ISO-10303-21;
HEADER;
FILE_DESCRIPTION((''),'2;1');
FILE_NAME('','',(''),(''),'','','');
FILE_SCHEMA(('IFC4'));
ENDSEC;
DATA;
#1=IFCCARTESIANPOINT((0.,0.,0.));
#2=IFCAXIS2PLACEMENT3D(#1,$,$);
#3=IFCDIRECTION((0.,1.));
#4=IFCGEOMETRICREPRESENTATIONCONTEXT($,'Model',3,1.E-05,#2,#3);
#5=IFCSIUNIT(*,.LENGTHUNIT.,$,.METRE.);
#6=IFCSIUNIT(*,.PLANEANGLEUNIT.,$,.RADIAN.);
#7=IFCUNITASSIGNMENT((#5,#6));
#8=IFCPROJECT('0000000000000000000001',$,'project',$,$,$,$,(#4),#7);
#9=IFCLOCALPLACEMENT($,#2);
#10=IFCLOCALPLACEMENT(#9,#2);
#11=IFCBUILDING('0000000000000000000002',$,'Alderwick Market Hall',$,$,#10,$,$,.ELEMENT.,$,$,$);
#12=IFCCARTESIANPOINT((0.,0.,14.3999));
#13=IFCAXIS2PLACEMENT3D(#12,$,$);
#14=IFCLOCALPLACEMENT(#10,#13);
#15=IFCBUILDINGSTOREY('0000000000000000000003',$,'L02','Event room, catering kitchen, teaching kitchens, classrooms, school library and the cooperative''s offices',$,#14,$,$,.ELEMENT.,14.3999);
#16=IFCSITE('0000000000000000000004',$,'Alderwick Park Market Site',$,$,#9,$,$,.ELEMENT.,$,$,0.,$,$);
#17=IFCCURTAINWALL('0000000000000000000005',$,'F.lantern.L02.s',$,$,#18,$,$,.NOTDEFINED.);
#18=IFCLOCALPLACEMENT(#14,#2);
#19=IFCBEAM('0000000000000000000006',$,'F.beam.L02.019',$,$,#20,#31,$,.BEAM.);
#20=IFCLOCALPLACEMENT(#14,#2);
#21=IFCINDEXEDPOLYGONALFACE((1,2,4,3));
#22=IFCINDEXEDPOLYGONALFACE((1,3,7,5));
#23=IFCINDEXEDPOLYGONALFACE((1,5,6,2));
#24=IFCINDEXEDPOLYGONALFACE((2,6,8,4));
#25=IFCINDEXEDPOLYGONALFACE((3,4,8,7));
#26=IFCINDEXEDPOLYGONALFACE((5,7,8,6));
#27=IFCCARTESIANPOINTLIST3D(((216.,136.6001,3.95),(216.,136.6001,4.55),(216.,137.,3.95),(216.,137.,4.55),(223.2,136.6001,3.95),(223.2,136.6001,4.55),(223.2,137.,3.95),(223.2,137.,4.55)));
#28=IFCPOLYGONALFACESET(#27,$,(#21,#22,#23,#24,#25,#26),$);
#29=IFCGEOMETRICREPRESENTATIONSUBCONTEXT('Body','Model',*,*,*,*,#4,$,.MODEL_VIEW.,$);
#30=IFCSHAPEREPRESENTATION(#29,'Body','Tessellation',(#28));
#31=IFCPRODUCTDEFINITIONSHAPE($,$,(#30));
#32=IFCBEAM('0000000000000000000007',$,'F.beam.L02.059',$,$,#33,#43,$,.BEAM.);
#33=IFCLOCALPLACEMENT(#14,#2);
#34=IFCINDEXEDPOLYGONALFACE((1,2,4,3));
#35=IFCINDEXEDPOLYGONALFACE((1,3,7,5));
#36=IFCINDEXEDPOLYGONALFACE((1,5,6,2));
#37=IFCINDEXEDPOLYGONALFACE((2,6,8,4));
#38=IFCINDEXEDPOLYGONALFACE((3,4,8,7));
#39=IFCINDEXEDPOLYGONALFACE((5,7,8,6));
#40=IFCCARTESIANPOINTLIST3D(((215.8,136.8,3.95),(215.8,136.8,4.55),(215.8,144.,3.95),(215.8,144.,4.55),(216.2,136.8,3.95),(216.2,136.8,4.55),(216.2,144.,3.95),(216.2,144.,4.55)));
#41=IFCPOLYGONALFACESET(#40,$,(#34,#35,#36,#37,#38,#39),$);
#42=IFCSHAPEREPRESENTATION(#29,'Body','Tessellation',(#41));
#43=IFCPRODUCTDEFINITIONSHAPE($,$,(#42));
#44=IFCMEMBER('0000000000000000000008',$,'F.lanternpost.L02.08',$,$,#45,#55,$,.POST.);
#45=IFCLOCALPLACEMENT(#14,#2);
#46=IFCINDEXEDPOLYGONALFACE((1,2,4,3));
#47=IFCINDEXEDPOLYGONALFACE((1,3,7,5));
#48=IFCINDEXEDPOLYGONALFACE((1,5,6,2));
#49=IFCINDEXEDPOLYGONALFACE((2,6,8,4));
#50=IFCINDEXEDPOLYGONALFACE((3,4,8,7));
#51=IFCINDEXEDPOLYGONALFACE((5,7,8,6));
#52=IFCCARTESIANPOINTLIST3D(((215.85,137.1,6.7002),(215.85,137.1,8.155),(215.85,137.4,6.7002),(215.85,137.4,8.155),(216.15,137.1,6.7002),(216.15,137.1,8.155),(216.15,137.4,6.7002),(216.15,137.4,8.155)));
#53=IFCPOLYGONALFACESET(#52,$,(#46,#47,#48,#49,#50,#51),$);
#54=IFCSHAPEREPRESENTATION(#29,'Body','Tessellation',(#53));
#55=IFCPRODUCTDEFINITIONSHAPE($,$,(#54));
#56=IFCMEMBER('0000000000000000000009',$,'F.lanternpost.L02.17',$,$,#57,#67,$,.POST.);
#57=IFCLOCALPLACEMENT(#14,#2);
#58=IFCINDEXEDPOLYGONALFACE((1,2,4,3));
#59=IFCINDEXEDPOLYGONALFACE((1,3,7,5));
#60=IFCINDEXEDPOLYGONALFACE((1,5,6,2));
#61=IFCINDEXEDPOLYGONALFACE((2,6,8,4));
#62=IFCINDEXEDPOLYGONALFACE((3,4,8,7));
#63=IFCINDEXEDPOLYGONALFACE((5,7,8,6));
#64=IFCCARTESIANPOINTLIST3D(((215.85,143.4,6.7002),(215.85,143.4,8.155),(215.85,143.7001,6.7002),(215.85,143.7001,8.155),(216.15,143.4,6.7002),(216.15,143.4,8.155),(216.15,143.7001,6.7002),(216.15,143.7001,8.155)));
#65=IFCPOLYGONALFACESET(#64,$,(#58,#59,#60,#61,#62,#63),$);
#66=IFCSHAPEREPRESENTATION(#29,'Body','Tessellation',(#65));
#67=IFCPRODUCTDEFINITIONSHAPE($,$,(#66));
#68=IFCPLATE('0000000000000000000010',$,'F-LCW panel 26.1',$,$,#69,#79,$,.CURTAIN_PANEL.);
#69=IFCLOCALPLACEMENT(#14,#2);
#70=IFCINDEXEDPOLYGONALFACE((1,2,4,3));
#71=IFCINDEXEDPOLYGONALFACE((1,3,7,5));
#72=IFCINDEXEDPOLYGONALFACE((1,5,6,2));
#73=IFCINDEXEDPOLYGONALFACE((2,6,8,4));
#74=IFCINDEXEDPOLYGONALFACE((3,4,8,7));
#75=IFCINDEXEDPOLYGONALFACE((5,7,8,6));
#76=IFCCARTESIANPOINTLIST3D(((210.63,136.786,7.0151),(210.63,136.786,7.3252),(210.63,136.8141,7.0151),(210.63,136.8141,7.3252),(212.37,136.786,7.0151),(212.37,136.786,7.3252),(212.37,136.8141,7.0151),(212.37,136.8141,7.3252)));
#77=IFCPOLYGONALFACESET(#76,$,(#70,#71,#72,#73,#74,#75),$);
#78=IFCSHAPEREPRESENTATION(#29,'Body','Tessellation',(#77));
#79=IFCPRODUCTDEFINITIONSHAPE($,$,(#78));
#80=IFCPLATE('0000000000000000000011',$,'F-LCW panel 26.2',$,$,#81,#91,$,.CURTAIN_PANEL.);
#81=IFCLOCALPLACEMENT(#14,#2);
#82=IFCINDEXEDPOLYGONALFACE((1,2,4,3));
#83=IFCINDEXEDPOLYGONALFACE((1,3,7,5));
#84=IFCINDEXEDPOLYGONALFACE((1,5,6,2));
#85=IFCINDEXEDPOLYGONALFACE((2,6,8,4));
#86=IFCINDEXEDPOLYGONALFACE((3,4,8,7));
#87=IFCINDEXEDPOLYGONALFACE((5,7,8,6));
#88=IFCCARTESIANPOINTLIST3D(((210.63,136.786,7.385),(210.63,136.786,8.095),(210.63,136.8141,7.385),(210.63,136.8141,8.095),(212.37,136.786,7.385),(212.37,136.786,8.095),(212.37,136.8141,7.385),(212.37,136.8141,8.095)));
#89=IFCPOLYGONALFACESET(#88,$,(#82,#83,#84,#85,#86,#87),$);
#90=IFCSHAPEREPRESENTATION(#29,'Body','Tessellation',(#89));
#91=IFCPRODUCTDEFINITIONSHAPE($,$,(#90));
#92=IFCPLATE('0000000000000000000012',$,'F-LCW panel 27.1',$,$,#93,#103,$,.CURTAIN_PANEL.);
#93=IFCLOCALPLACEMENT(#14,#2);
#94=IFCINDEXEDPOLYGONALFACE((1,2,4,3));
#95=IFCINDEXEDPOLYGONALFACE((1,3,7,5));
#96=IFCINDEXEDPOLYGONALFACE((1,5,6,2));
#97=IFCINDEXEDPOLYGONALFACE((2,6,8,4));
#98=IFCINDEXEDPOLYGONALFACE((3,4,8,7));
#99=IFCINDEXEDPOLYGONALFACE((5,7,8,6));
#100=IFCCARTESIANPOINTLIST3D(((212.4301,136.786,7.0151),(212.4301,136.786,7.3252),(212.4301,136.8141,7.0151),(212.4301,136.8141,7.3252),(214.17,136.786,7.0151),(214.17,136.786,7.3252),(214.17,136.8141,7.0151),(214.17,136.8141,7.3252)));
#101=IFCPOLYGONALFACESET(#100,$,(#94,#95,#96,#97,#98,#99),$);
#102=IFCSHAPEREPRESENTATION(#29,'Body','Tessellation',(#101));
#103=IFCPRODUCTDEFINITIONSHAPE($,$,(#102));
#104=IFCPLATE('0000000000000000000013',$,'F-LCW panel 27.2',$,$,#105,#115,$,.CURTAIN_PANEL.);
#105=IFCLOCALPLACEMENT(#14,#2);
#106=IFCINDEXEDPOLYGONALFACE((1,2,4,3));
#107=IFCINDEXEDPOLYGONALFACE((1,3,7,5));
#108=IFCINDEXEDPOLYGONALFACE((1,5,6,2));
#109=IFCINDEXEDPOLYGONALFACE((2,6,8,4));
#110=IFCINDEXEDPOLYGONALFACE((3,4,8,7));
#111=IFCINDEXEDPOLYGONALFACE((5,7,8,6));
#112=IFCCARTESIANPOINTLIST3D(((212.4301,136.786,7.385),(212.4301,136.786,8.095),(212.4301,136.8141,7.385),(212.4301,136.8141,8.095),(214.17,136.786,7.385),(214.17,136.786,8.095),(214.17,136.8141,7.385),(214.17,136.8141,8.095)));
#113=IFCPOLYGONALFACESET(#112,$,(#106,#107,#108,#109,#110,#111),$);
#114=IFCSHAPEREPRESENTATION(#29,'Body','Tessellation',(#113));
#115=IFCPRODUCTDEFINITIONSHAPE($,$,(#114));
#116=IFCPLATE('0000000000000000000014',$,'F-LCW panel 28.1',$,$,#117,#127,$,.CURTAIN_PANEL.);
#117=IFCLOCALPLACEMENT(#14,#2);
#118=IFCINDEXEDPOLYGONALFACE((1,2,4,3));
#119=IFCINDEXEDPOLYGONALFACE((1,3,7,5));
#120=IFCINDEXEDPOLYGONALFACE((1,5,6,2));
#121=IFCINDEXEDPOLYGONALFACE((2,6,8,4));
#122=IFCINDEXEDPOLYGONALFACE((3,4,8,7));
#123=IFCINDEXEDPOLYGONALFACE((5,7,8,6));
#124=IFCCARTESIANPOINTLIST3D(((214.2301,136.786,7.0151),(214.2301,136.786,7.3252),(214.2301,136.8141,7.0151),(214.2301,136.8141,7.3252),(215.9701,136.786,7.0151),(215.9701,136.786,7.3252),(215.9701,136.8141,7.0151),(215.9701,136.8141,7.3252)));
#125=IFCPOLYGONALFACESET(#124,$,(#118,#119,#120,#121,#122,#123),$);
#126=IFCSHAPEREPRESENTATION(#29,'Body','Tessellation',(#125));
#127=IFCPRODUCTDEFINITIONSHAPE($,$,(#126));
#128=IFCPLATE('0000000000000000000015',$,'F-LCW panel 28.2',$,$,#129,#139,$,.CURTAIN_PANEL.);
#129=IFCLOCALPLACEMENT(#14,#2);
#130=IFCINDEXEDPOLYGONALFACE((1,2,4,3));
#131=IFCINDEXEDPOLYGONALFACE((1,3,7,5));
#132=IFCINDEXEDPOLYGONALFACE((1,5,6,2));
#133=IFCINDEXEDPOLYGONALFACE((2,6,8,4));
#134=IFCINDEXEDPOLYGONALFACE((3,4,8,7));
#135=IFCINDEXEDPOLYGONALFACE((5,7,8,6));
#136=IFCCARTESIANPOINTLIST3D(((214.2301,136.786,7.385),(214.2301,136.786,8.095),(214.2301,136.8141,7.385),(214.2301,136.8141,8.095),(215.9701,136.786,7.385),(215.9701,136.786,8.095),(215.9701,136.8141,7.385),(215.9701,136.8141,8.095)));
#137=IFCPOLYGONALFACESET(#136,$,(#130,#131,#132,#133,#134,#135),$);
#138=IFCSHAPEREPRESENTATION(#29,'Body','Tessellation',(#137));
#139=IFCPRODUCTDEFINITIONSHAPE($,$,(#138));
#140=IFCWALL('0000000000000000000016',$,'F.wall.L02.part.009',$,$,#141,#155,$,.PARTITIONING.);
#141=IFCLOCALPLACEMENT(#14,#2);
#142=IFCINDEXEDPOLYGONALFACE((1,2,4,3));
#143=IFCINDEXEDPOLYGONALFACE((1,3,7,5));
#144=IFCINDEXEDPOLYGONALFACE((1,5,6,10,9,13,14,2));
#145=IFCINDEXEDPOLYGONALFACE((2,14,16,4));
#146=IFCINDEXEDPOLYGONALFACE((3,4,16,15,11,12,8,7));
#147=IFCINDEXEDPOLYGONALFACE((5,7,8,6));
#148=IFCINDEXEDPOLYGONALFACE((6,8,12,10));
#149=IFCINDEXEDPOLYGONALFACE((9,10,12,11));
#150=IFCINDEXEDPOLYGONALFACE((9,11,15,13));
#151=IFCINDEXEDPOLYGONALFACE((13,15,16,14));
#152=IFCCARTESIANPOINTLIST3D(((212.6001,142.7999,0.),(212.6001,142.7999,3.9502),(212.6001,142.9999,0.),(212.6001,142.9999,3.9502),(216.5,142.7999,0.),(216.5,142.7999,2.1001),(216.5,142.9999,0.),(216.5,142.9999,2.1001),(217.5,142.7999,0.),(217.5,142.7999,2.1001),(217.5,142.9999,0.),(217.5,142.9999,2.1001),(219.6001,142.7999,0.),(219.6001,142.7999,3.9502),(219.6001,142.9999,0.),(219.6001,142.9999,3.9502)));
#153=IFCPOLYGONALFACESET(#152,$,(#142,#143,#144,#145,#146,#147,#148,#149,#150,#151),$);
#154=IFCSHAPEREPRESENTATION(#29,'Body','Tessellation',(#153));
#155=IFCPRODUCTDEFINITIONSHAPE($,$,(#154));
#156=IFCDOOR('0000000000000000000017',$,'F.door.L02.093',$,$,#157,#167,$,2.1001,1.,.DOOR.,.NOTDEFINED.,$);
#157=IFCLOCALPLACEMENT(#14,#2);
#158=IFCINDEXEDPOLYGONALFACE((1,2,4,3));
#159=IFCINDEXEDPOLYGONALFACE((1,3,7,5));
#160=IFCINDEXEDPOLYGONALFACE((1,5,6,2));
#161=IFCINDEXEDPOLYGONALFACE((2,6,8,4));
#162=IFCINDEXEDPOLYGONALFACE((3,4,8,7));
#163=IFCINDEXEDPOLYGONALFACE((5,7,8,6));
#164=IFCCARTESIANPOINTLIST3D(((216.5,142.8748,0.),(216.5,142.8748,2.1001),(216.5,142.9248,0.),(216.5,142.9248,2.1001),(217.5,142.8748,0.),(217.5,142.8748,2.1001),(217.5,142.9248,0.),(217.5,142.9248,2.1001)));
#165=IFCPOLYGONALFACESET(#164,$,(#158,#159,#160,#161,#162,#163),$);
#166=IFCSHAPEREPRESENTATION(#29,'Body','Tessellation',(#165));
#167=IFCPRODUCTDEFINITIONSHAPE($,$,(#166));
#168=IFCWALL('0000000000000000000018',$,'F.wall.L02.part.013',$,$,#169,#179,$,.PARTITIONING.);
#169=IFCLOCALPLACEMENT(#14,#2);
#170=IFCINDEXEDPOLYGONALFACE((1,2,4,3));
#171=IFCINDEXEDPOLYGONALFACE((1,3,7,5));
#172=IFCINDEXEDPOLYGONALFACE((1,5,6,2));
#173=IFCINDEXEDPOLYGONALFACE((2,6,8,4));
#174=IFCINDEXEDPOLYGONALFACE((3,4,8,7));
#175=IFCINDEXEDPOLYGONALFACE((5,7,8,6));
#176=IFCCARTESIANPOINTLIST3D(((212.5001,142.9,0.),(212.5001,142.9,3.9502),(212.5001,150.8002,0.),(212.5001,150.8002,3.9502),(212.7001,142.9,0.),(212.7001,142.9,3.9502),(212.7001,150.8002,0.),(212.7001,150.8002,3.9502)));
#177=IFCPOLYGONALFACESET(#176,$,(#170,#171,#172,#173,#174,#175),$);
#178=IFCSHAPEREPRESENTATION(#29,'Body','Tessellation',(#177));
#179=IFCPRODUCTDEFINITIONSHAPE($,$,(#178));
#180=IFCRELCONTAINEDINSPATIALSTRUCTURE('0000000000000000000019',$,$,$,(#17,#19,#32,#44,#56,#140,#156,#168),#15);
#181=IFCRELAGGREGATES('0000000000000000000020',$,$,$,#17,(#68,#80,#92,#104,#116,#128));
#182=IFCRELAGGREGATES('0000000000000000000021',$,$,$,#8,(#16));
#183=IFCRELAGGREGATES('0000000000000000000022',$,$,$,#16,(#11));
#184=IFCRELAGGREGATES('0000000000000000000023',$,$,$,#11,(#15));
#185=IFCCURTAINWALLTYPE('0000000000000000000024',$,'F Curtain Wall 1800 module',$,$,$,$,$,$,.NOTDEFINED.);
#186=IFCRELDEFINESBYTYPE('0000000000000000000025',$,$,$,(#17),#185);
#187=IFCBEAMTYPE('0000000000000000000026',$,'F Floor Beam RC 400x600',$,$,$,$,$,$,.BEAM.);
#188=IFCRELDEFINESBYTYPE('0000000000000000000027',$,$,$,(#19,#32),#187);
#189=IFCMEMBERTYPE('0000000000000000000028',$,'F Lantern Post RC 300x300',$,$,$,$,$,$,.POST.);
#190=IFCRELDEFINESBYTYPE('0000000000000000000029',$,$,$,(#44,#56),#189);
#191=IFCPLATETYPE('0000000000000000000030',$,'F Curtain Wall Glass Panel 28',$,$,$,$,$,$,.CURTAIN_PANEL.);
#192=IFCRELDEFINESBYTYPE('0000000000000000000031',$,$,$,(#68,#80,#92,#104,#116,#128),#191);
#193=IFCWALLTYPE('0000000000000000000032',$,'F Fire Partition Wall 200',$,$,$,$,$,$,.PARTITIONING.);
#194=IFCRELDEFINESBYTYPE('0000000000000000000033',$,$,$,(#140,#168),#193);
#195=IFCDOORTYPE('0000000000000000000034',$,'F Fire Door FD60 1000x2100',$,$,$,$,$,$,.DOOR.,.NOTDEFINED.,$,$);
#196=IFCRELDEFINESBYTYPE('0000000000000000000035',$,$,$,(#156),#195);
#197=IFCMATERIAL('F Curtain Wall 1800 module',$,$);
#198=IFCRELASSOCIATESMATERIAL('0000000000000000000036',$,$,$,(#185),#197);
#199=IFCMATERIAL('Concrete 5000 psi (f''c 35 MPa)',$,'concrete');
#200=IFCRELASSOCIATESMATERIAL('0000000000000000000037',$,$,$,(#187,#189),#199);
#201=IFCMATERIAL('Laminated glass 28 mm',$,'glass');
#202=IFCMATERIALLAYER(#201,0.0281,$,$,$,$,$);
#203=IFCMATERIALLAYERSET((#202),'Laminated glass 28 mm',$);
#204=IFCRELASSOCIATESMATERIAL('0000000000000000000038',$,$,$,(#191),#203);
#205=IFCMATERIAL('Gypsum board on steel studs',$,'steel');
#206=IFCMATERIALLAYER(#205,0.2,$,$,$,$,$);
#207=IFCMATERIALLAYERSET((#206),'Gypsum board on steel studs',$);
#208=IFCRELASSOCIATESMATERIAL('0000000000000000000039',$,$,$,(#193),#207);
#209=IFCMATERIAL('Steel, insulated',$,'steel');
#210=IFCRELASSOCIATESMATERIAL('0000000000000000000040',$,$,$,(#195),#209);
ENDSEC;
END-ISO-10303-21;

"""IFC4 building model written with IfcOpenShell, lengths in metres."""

from ifc_helpers import new_model, si_unit, direction, frame, frame_2d, origin, origin_2d, place, context, subcontext, project, spatial, rectangle, extrude, material, layer, layer_set, material_profile, profile_set, type_object, element, fill, aggregate, save


model = new_model("IFC4")

# Units and contexts
model_context = context("Model", 3, precision=1e-05, world=origin(), true_north=direction((0.0, 1.0)))
body_context = subcontext(model_context, "Body", "Model", "MODEL_VIEW")
ifc_project = project(units=[si_unit("LENGTHUNIT", "METRE"), si_unit("PLANEANGLEUNIT", "RADIAN")], contexts=[model_context])

# Site, building, storey
site_placement = place(None, origin())
site = spatial("IfcSite", under=ifc_project, at=site_placement, Name="Alderwick Park Market Site", CompositionType="ELEMENT", RefElevation=0.0)
building_placement = place(site_placement, origin())
building = spatial("IfcBuilding", under=site, at=building_placement, Name="Alderwick Market Hall", CompositionType="ELEMENT")
storey_placement = place(building_placement, frame((0.0, 0.0, 14.3999)))
storey = spatial("IfcBuildingStorey", under=building, at=storey_placement, Name="L02", Description="Event room, catering kitchen, teaching kitchens, classrooms, school library and the cooperative's offices", CompositionType="ELEMENT", Elevation=14.3999)

# Shared definitions
ifc_material_1 = material(Name="Concrete 5000 psi (f'c 35 MPa)", Category="concrete")

# Curtain wall
ifc_material_2 = material(Name="F Curtain Wall 1800 module")
curtain_wall_type = type_object("IfcCurtainWallType", Name="F Curtain Wall 1800 module", PredefinedType="NOTDEFINED", material=ifc_material_2)
curtain_wall_placement = place(storey_placement, origin())
curtain_wall = element("IfcCurtainWall", 1, at=curtain_wall_placement, inside=storey, type_object=curtain_wall_type, Name="F.lantern.L02.s", PredefinedType="NOTDEFINED")

# Beams
ifc_material_profile_1 = material_profile(ifc_material_1, rectangle(XDim=0.3999, YDim=0.6001, at=origin_2d()), Name="RC 400x600")
ifc_profile_set_1 = profile_set([ifc_material_profile_1], Name="Concrete 5000 psi (f'c 35 MPa)")
beam_type = type_object("IfcBeamType", Name="F Floor Beam RC 400x600", PredefinedType="BEAM", material=ifc_profile_set_1)
for number, where, z_axis, x_axis, name in (
    (2, (216.0, 136.8, 4.25), (1.0, 0.0, 0.0), (0.0, 1.0, 0.0), "F.beam.L02.019"),
    (3, (216.0, 136.8, 4.25), (0.0, 1.0, 0.0), (-1.0, 0.0, 0.0), "F.beam.L02.059"),
):
    element("IfcBeam", number, at=place(storey_placement, frame(where, z_axis=z_axis, x_axis=x_axis)), inside=storey, type_object=beam_type, Name=name, PredefinedType="BEAM", context=body_context, shape_type="SweptSolid", body=[
        extrude(rectangle(XDim=0.3999, YDim=0.6001, at=origin_2d()), origin(), (0.0, 0.0, 1.0), 7.2),
    ])

# Members
ifc_material_profile_2 = material_profile(ifc_material_1, rectangle(XDim=0.3, YDim=0.3, at=origin_2d()), Name="RC 300x300")
ifc_profile_set_2 = profile_set([ifc_material_profile_2], Name="Concrete 5000 psi (f'c 35 MPa)")
member_type_1 = type_object("IfcMemberType", Name="F Lantern Post RC 300x300", PredefinedType="POST", material=ifc_profile_set_2)
for number, where, z_axis, x_axis, name in (
    (4, (216.0, 137.25, 6.7002), (0.0, 0.0, 1.0), (1.0, 0.0, 0.0), "F.lanternpost.L02.08"),
    (5, (216.0, 143.55, 6.7002), (0.0, 0.0, 1.0), (1.0, 0.0, 0.0), "F.lanternpost.L02.17"),
):
    element("IfcMember", number, at=place(storey_placement, frame(where, z_axis=z_axis, x_axis=x_axis)), inside=storey, type_object=member_type_1, Name=name, PredefinedType="POST", context=body_context, shape_type="SweptSolid", body=[
        extrude(rectangle(XDim=0.3, YDim=0.3, at=origin_2d()), origin(), (0.0, 0.0, 1.0), 1.4548),
    ])

# Plates
ifc_material_3 = material(Name="Laminated glass 28 mm", Category="glass")
ifc_layer_1 = layer(ifc_material_3, 0.0281)
ifc_layer_set_1 = layer_set([ifc_layer_1], Name="Laminated glass 28 mm")
plate_type = type_object("IfcPlateType", Name="F Curtain Wall Glass Panel 28", PredefinedType="CURTAIN_PANEL", material=ifc_layer_set_1)
plate_1_placement = place(storey_placement, frame((211.5, 136.8, 7.0151), z_axis=(0.0, 0.0, 1.0), x_axis=(1.0, 0.0, 0.0)))
plate_1 = element("IfcPlate", 6, at=plate_1_placement, type_object=plate_type, Name="F-LCW panel 26.1", PredefinedType="CURTAIN_PANEL", context=body_context, shape_type="SweptSolid", body=[
    extrude(rectangle(XDim=1.74, YDim=0.0281, at=origin_2d()), origin(), (0.0, 0.0, 1.0), 0.3101),
])
plate_2_placement = place(storey_placement, frame((211.5, 136.8, 7.385), z_axis=(0.0, 0.0, 1.0), x_axis=(1.0, 0.0, 0.0)))
plate_2 = element("IfcPlate", 7, at=plate_2_placement, type_object=plate_type, Name="F-LCW panel 26.2", PredefinedType="CURTAIN_PANEL", context=body_context, shape_type="SweptSolid", body=[
    extrude(rectangle(XDim=1.74, YDim=0.0281, at=origin_2d()), origin(), (0.0, 0.0, 1.0), 0.71),
])
plate_3_placement = place(storey_placement, frame((213.3, 136.8, 7.0151), z_axis=(0.0, 0.0, 1.0), x_axis=(1.0, 0.0, 0.0)))
plate_3 = element("IfcPlate", 8, at=plate_3_placement, type_object=plate_type, Name="F-LCW panel 27.1", PredefinedType="CURTAIN_PANEL", context=body_context, shape_type="SweptSolid", body=[
    extrude(rectangle(XDim=1.74, YDim=0.0281, at=origin_2d()), origin(), (0.0, 0.0, 1.0), 0.3101),
])
plate_4_placement = place(storey_placement, frame((213.3, 136.8, 7.385), z_axis=(0.0, 0.0, 1.0), x_axis=(1.0, 0.0, 0.0)))
plate_4 = element("IfcPlate", 9, at=plate_4_placement, type_object=plate_type, Name="F-LCW panel 27.2", PredefinedType="CURTAIN_PANEL", context=body_context, shape_type="SweptSolid", body=[
    extrude(rectangle(XDim=1.74, YDim=0.0281, at=origin_2d()), origin(), (0.0, 0.0, 1.0), 0.71),
])
plate_5_placement = place(storey_placement, frame((215.1001, 136.8, 7.0151), z_axis=(0.0, 0.0, 1.0), x_axis=(1.0, 0.0, 0.0)))
plate_5 = element("IfcPlate", 10, at=plate_5_placement, type_object=plate_type, Name="F-LCW panel 28.1", PredefinedType="CURTAIN_PANEL", context=body_context, shape_type="SweptSolid", body=[
    extrude(rectangle(XDim=1.74, YDim=0.0281, at=origin_2d()), origin(), (0.0, 0.0, 1.0), 0.3101),
])
plate_6_placement = place(storey_placement, frame((215.1001, 136.8, 7.385), z_axis=(0.0, 0.0, 1.0), x_axis=(1.0, 0.0, 0.0)))
plate_6 = element("IfcPlate", 11, at=plate_6_placement, type_object=plate_type, Name="F-LCW panel 28.2", PredefinedType="CURTAIN_PANEL", context=body_context, shape_type="SweptSolid", body=[
    extrude(rectangle(XDim=1.74, YDim=0.0281, at=origin_2d()), origin(), (0.0, 0.0, 1.0), 0.71),
])
aggregate(curtain_wall, [plate_1, plate_2, plate_3, plate_4, plate_5, plate_6])

# Wall, opening, door
ifc_material_4 = material(Name="Gypsum board on steel studs", Category="steel")
ifc_layer_2 = layer(ifc_material_4, 0.2)
ifc_layer_set_2 = layer_set([ifc_layer_2], Name="Gypsum board on steel studs")
wall_type = type_object("IfcWallType", Name="F Fire Partition Wall 200", PredefinedType="PARTITIONING", material=ifc_layer_set_2)
wall_1_placement = place(storey_placement, frame((212.6001, 142.8999, 0.0), z_axis=(0.0, 0.0, 1.0), x_axis=(1.0, 0.0, 0.0)))
wall_1 = element("IfcWall", 12, at=wall_1_placement, inside=storey, type_object=wall_type, Name="F.wall.L02.part.009", PredefinedType="PARTITIONING", context=body_context, shape_type="SweptSolid", body=[
    extrude(rectangle(XDim=7.0, YDim=0.2, at=frame_2d((3.5, 0.0))), origin(), (0.0, 0.0, 1.0), 3.9502),
])
opening_placement = place(wall_1_placement, frame((3.8999, 0.0, 0.0)))
opening = element("IfcOpeningElement", 13, at=opening_placement, cuts=wall_1, PredefinedType="OPENING", context=body_context, shape_type="SweptSolid", body=[
    extrude(rectangle(XDim=1.0, YDim=2.1001, at=frame_2d((0.5, 1.05))), frame((0.0, 0.1099, 0.0), z_axis=(0.0, -1.0, 0.0), x_axis=(1.0, 0.0, 0.0)), (0.0, 0.0, 1.0), 0.22),
])
ifc_material_5 = material(Name="Steel, insulated", Category="steel")
door_type = type_object("IfcDoorType", Name="F Fire Door FD60 1000x2100", OperationType="NOTDEFINED", PredefinedType="DOOR", material=ifc_material_5)
door_placement = place(opening_placement, origin())
door = element("IfcDoor", 14, at=door_placement, inside=storey, type_object=door_type, Name="F.door.L02.093", OperationType="NOTDEFINED", OverallHeight=2.1001, OverallWidth=1.0, PredefinedType="DOOR", context=body_context, shape_type="SweptSolid", body=[
    extrude(rectangle(XDim=1.0, YDim=2.1001, at=frame_2d((0.5, 1.05))), frame((0.0, 0.0249, 0.0), z_axis=(0.0, -1.0, 0.0), x_axis=(1.0, 0.0, 0.0)), (0.0, 0.0, 1.0), 0.05),
])
fill(opening, door)

# Wall
wall_2_placement = place(storey_placement, frame((212.6001, 142.8999, 0.0), z_axis=(0.0, 0.0, 1.0), x_axis=(0.0, 1.0, 0.0)))
element("IfcWall", 15, at=wall_2_placement, inside=storey, type_object=wall_type, Name="F.wall.L02.part.013", PredefinedType="PARTITIONING", context=body_context, shape_type="SweptSolid", body=[
    extrude(rectangle(XDim=7.9001, YDim=0.2, at=frame_2d((3.9502, 0.0))), origin(), (0.0, 0.0, 1.0), 3.9502),
])

save(model, "model.ifc")
